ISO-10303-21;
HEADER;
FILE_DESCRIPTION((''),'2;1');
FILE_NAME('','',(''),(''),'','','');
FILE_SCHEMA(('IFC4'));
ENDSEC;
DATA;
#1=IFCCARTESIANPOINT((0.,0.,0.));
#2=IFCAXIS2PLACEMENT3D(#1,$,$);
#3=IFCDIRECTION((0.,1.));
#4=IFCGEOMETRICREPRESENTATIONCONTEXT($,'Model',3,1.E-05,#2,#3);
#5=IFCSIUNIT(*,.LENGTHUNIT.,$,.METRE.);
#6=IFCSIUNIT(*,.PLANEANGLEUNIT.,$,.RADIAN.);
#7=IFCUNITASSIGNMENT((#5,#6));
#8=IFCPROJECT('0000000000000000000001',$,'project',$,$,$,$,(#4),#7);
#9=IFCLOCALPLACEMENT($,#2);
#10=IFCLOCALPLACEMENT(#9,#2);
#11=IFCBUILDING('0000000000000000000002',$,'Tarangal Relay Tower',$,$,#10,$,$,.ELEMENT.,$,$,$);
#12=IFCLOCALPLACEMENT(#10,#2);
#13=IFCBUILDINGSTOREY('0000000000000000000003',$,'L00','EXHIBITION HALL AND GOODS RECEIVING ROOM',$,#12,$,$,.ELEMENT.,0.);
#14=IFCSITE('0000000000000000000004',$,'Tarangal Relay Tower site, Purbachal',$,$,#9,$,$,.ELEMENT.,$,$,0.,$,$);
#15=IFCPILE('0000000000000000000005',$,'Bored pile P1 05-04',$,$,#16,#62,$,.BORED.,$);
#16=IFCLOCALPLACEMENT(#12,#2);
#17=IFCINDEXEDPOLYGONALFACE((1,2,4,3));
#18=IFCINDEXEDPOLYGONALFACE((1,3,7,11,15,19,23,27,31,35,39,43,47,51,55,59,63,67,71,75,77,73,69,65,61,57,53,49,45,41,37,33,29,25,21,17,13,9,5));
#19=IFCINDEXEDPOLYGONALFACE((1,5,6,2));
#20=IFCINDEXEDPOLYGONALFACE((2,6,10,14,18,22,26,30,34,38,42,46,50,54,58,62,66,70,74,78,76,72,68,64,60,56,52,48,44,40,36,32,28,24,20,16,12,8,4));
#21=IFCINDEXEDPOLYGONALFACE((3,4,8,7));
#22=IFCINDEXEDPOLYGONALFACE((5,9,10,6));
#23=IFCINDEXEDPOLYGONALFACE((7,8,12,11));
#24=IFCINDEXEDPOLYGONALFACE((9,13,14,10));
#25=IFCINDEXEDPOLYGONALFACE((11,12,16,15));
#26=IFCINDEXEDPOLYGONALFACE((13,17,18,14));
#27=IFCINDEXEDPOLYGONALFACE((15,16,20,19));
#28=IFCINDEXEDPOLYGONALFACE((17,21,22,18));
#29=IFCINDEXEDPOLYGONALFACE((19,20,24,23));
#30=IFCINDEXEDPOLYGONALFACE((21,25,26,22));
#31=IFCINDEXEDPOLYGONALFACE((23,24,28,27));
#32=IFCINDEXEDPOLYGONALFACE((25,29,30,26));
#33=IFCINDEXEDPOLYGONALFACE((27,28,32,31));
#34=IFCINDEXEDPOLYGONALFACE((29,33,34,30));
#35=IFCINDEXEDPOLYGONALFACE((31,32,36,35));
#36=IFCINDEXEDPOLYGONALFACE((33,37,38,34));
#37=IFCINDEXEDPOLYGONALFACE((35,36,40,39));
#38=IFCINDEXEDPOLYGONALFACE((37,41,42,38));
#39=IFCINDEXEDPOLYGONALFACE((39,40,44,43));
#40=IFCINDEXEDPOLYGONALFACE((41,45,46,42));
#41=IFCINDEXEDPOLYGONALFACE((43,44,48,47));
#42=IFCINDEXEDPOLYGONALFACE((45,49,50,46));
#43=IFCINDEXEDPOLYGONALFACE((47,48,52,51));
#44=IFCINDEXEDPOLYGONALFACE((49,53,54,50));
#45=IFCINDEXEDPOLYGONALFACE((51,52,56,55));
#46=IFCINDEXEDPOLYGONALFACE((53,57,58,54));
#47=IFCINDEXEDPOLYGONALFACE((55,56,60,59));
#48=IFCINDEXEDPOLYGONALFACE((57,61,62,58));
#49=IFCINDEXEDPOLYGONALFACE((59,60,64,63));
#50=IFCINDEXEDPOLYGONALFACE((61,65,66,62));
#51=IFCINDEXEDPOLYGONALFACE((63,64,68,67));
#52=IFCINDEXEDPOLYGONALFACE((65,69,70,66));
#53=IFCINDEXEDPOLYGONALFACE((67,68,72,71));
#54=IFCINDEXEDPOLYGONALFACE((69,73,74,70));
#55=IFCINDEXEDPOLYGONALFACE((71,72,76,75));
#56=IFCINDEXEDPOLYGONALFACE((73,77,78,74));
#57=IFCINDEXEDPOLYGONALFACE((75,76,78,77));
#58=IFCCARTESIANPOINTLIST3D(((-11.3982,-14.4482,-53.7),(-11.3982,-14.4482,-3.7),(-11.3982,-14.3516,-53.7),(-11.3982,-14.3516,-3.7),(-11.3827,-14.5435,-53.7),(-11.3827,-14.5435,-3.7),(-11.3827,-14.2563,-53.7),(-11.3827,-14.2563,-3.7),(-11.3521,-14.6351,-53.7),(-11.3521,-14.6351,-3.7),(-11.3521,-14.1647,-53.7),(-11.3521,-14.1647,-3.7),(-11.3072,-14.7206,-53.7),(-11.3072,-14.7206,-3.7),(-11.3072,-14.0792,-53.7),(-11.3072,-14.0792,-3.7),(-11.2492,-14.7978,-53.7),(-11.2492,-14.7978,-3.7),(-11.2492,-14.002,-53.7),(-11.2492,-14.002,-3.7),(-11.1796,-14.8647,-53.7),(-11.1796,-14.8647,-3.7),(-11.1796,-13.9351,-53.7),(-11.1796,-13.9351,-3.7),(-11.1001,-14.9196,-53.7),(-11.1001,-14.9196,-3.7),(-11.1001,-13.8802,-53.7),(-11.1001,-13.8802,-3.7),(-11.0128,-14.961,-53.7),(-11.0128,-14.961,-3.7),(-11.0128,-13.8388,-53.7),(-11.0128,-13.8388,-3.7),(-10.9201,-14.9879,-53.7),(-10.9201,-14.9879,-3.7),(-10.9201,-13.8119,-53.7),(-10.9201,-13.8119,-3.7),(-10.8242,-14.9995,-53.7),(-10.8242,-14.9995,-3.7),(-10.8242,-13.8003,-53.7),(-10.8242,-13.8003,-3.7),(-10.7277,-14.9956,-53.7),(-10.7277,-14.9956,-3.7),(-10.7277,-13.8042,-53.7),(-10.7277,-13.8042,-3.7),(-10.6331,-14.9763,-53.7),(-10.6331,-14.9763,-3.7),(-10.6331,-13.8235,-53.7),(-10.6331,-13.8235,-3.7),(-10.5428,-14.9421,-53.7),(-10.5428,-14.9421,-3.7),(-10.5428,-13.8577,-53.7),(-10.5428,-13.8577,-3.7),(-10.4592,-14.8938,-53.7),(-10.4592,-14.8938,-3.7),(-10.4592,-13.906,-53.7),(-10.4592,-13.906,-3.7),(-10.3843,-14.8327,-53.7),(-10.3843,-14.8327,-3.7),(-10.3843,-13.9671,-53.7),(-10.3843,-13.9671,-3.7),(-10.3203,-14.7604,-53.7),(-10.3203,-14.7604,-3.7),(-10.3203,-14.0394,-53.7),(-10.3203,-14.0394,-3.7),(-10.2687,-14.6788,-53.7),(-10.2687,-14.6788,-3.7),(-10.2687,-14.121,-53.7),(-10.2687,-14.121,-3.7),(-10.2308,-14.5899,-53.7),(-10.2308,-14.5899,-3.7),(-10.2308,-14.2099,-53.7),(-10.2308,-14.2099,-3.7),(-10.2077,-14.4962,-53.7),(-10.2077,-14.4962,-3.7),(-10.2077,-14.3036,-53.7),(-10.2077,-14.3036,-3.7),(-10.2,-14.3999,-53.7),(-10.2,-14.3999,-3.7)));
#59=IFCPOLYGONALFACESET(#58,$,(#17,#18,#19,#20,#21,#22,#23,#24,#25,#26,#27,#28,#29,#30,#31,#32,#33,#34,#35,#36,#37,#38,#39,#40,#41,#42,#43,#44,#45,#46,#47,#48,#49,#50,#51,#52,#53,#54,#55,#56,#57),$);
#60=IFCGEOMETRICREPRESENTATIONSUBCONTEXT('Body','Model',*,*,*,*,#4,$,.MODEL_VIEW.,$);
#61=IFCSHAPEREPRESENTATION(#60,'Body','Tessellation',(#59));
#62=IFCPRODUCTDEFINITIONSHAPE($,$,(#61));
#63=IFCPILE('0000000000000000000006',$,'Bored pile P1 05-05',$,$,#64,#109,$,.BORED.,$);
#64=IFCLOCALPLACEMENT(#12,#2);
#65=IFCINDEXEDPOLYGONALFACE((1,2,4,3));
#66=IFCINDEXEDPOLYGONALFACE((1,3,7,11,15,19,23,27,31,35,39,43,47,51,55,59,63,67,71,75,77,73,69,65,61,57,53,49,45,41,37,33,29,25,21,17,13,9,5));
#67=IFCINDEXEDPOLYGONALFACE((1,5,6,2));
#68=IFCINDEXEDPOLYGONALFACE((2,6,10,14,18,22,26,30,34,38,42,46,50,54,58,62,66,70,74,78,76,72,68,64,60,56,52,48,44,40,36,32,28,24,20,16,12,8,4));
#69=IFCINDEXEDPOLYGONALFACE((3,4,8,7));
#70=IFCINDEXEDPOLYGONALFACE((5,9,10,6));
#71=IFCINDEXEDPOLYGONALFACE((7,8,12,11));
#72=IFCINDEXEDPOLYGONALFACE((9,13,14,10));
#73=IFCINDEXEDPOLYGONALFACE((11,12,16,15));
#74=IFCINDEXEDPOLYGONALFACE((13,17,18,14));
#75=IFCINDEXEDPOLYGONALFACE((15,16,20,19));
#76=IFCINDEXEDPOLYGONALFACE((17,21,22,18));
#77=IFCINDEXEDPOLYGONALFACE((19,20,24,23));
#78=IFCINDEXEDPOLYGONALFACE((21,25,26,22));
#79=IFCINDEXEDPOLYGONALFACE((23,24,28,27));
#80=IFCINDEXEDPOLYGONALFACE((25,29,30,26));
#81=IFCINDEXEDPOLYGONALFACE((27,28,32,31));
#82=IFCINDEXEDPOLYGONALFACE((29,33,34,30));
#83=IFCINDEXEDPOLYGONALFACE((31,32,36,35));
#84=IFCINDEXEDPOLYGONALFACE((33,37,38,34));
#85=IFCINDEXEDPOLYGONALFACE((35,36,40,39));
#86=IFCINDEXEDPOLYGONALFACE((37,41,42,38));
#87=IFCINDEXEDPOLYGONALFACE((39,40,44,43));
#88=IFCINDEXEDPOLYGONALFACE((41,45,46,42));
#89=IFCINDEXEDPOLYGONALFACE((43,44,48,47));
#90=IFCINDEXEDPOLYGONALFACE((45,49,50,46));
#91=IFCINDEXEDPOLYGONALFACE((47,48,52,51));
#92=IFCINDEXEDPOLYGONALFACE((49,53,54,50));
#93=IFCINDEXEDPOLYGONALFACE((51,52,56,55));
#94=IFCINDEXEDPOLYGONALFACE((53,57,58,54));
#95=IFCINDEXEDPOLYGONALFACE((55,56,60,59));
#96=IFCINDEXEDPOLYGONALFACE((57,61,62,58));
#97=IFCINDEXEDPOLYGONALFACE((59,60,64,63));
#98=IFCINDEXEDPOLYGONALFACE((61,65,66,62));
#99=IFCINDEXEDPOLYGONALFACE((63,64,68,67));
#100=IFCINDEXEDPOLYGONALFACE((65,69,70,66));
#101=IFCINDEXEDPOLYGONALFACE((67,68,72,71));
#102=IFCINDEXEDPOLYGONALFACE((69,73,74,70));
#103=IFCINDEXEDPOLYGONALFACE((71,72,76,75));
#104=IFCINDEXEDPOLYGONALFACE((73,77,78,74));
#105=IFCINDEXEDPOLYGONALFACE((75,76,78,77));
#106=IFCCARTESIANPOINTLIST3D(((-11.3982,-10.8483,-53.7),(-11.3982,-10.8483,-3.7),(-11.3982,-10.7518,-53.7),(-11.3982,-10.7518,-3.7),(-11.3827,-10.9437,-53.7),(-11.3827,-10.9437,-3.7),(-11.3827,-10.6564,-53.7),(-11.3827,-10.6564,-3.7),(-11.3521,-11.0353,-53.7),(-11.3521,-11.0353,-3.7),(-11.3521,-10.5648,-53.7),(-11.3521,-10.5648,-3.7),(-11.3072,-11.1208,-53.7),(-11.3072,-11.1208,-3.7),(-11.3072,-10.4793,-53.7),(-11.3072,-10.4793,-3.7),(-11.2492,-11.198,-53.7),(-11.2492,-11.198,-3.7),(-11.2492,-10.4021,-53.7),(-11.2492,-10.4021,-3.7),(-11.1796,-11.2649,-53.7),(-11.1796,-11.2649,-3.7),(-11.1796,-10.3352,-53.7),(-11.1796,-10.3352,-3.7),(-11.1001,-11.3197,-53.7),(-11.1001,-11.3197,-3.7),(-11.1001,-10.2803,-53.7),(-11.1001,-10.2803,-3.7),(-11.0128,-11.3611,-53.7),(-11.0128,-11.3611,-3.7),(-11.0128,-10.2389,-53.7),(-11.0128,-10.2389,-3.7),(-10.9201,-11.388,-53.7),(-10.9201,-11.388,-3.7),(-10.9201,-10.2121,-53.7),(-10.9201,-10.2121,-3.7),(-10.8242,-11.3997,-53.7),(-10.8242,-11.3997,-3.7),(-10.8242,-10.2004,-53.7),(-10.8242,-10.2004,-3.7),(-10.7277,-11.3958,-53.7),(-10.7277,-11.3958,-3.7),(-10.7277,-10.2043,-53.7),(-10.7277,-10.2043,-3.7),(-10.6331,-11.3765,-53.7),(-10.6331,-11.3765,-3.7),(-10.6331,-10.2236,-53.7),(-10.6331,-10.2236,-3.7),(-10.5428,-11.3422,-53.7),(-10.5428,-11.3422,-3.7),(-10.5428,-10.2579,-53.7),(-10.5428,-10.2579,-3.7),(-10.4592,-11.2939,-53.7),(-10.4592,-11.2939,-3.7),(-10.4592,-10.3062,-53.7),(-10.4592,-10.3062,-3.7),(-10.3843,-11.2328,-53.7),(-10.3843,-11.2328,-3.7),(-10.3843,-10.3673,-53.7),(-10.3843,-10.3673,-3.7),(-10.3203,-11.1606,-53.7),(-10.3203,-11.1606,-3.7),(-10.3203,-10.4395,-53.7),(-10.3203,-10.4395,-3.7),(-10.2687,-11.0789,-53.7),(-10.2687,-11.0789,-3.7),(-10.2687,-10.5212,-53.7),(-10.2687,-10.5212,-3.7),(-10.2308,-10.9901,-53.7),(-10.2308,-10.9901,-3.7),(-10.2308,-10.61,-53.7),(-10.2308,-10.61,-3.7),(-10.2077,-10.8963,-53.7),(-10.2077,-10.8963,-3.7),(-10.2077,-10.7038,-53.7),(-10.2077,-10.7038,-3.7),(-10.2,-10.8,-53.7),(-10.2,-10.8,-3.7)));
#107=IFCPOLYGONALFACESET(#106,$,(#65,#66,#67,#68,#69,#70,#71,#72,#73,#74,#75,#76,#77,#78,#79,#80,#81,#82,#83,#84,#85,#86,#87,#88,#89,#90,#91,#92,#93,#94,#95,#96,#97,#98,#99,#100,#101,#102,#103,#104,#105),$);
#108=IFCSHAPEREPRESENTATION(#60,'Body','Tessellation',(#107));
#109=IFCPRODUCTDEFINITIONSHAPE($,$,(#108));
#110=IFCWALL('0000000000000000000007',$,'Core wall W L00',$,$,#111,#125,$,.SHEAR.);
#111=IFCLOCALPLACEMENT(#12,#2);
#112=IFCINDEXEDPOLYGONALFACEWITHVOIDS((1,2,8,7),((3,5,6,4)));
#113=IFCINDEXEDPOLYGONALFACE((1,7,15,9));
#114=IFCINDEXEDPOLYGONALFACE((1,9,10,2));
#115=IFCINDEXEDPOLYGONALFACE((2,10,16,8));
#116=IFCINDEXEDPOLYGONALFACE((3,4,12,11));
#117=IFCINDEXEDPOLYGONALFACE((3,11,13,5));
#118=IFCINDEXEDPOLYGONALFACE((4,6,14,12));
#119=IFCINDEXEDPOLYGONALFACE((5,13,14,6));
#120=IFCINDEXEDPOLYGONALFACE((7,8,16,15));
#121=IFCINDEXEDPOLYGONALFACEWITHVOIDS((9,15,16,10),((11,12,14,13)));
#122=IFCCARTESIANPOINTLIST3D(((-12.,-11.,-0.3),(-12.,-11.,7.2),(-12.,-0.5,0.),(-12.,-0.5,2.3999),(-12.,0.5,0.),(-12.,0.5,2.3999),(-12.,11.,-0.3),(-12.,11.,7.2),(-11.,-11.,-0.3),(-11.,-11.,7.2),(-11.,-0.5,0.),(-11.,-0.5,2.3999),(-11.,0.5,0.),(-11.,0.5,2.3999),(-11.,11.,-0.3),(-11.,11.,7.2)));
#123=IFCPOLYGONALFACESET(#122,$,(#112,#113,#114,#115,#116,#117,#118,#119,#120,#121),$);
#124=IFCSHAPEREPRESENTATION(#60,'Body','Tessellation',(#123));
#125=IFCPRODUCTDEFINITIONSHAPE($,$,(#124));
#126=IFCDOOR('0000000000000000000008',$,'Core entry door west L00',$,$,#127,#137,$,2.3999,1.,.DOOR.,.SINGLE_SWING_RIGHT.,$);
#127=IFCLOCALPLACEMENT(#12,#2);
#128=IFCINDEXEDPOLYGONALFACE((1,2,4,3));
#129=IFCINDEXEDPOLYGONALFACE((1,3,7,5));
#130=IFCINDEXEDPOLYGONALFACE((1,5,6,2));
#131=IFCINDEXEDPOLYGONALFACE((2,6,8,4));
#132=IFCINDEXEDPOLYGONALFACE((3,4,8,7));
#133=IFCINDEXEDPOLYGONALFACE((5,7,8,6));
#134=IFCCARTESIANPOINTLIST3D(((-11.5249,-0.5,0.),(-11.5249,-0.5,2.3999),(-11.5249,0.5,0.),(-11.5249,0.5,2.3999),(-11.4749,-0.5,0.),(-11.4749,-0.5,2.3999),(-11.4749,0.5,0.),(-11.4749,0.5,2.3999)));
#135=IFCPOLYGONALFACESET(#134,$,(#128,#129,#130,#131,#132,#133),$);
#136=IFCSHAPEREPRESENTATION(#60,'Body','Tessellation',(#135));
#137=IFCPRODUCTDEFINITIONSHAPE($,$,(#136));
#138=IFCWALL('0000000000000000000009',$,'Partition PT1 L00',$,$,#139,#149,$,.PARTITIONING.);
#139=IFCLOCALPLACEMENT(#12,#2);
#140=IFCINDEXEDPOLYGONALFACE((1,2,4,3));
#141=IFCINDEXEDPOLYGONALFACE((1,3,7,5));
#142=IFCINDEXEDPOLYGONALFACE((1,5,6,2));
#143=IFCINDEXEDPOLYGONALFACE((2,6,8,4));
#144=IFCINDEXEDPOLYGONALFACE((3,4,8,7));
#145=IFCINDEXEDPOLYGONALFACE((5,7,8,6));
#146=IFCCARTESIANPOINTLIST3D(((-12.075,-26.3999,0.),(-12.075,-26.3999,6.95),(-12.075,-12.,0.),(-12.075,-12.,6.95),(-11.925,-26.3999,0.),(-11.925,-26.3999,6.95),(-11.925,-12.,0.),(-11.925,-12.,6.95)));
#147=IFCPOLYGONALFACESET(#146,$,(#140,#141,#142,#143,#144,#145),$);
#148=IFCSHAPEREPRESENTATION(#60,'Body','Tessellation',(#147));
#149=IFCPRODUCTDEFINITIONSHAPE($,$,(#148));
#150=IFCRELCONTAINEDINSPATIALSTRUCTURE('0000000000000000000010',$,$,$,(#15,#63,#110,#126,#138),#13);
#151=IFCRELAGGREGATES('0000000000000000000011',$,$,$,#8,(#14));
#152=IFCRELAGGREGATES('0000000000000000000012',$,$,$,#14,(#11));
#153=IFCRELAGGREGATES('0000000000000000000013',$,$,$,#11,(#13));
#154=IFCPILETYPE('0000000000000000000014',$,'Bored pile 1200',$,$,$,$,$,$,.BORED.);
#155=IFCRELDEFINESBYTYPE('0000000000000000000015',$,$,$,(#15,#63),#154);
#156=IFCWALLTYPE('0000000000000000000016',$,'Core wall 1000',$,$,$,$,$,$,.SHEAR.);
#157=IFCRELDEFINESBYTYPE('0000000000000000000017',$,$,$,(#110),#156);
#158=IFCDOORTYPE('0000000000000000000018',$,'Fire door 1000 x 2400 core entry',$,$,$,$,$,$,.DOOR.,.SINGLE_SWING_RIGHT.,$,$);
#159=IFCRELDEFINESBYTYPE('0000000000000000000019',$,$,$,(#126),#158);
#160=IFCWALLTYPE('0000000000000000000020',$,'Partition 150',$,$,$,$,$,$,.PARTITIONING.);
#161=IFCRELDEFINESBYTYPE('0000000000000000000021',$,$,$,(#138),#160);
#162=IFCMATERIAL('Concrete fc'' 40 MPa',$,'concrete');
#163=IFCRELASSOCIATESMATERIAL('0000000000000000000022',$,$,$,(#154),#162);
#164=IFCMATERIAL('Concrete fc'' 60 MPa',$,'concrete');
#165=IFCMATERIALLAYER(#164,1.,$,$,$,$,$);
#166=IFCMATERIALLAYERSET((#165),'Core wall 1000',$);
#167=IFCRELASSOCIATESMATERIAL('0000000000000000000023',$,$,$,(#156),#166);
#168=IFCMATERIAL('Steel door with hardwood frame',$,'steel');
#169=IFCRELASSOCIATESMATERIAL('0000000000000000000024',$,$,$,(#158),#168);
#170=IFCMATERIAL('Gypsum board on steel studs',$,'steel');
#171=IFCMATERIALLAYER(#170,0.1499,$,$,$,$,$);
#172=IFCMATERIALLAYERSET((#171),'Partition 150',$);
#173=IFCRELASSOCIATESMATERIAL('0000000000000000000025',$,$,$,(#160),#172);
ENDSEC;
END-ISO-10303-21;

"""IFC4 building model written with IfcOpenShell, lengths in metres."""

from ifc_helpers import new_model, si_unit, direction, frame, frame_2d, origin, origin_2d, place, context, subcontext, project, spatial, rectangle, circle, extrude, material, layer, layer_set, material_profile, profile_set, type_object, element, fill, save


model = new_model("IFC4")

# Units and contexts
model_context = context("Model", 3, precision=1e-05, world=origin(), true_north=direction((0.0, 1.0)))
body_context = subcontext(model_context, "Body", "Model", "MODEL_VIEW")
ifc_project = project(units=[si_unit("LENGTHUNIT", "METRE"), si_unit("PLANEANGLEUNIT", "RADIAN")], contexts=[model_context])

# Site, building, storey
site_placement = place(None, origin())
site = spatial("IfcSite", under=ifc_project, at=site_placement, Name="Tarangal Relay Tower site, Purbachal", CompositionType="ELEMENT", RefElevation=0.0)
building_placement = place(site_placement, origin())
building = spatial("IfcBuilding", under=site, at=building_placement, Name="Tarangal Relay Tower", CompositionType="ELEMENT")
storey_placement = place(building_placement, origin())
storey = spatial("IfcBuildingStorey", under=building, at=storey_placement, Name="L00", Description="EXHIBITION HALL AND GOODS RECEIVING ROOM", CompositionType="ELEMENT", Elevation=0.0)

# Piles
ifc_material_1 = material(Name="Concrete fc' 40 MPa", Category="concrete")
ifc_material_profile = material_profile(ifc_material_1, circle(Radius=0.6001, at=origin_2d()), Name="D1200")
ifc_profile_set = profile_set([ifc_material_profile], Name="Concrete fc' 40 MPa")
pile_type = type_object("IfcPileType", Name="Bored pile 1200", PredefinedType="BORED", material=ifc_profile_set)
for number, where, z_axis, x_axis, name in (
    (1, (-10.8, -14.3999, -3.7), (0.0, 0.0, -1.0), (1.0, 0.0, 0.0), "Bored pile P1 05-04"),
    (2, (-10.8, -10.8, -3.7), (0.0, 0.0, -1.0), (1.0, 0.0, 0.0), "Bored pile P1 05-05"),
):
    element("IfcPile", number, at=place(storey_placement, frame(where, z_axis=z_axis, x_axis=x_axis)), inside=storey, type_object=pile_type, Name=name, PredefinedType="BORED", context=body_context, shape_type="SweptSolid", body=[
        extrude(circle(Radius=0.6001, at=origin_2d()), origin(), (0.0, 0.0, 1.0), 50.0),
    ])

# Wall, opening, door
ifc_material_2 = material(Name="Concrete fc' 60 MPa", Category="concrete")
ifc_layer_1 = layer(ifc_material_2, 1.0)
ifc_layer_set_1 = layer_set([ifc_layer_1], Name="Core wall 1000")
wall_type_1 = type_object("IfcWallType", Name="Core wall 1000", PredefinedType="SHEAR", material=ifc_layer_set_1)
wall_1_placement = place(storey_placement, frame((-11.5, -11.0, -0.3), z_axis=(0.0, 0.0, 1.0), x_axis=(0.0, 1.0, 0.0)))
wall_1 = element("IfcWall", 3, at=wall_1_placement, inside=storey, type_object=wall_type_1, Name="Core wall W L00", PredefinedType="SHEAR", context=body_context, shape_type="SweptSolid", body=[
    extrude(rectangle(XDim=22.0, YDim=1.0, at=frame_2d((11.0, 0.0))), origin(), (0.0, 0.0, 1.0), 7.5),
])
opening_placement = place(wall_1_placement, frame((10.5, 0.0, 0.3)))
opening = element("IfcOpeningElement", 4, at=opening_placement, cuts=wall_1, PredefinedType="OPENING", context=body_context, shape_type="SweptSolid", body=[
    extrude(rectangle(XDim=1.0, YDim=2.3999, at=frame_2d((0.5, 1.2))), frame((0.0, 0.51, 0.0), z_axis=(0.0, -1.0, 0.0), x_axis=(1.0, 0.0, 0.0)), (0.0, 0.0, 1.0), 1.02),
])
ifc_material_3 = material(Name="Steel door with hardwood frame", Category="steel")
door_type = type_object("IfcDoorType", Name="Fire door 1000 x 2400 core entry", OperationType="SINGLE_SWING_RIGHT", PredefinedType="DOOR", material=ifc_material_3)
door_placement = place(opening_placement, origin())
door = element("IfcDoor", 5, at=door_placement, inside=storey, type_object=door_type, Name="Core entry door west L00", OperationType="SINGLE_SWING_RIGHT", OverallHeight=2.3999, OverallWidth=1.0, PredefinedType="DOOR", context=body_context, shape_type="SweptSolid", body=[
    extrude(rectangle(XDim=1.0, YDim=2.3999, at=frame_2d((0.5, 1.2))), frame((0.0, 0.0249, 0.0), z_axis=(0.0, -1.0, 0.0), x_axis=(1.0, 0.0, 0.0)), (0.0, 0.0, 1.0), 0.05),
])
fill(opening, door)

# Wall
ifc_material_4 = material(Name="Gypsum board on steel studs", Category="steel")
ifc_layer_2 = layer(ifc_material_4, 0.1499)
ifc_layer_set_2 = layer_set([ifc_layer_2], Name="Partition 150")
wall_type_2 = type_object("IfcWallType", Name="Partition 150", PredefinedType="PARTITIONING", material=ifc_layer_set_2)
wall_2_placement = place(storey_placement, frame((-12.0, -12.0, 0.0), z_axis=(0.0, 0.0, 1.0), x_axis=(0.0, -1.0, 0.0)))
element("IfcWall", 6, at=wall_2_placement, inside=storey, type_object=wall_type_2, Name="Partition PT1 L00", PredefinedType="PARTITIONING", context=body_context, shape_type="SweptSolid", body=[
    extrude(rectangle(XDim=14.3999, YDim=0.1499, at=frame_2d((7.2, 0.0))), origin(), (0.0, 0.0, 1.0), 6.95),
])

save(model, "model.ifc")
